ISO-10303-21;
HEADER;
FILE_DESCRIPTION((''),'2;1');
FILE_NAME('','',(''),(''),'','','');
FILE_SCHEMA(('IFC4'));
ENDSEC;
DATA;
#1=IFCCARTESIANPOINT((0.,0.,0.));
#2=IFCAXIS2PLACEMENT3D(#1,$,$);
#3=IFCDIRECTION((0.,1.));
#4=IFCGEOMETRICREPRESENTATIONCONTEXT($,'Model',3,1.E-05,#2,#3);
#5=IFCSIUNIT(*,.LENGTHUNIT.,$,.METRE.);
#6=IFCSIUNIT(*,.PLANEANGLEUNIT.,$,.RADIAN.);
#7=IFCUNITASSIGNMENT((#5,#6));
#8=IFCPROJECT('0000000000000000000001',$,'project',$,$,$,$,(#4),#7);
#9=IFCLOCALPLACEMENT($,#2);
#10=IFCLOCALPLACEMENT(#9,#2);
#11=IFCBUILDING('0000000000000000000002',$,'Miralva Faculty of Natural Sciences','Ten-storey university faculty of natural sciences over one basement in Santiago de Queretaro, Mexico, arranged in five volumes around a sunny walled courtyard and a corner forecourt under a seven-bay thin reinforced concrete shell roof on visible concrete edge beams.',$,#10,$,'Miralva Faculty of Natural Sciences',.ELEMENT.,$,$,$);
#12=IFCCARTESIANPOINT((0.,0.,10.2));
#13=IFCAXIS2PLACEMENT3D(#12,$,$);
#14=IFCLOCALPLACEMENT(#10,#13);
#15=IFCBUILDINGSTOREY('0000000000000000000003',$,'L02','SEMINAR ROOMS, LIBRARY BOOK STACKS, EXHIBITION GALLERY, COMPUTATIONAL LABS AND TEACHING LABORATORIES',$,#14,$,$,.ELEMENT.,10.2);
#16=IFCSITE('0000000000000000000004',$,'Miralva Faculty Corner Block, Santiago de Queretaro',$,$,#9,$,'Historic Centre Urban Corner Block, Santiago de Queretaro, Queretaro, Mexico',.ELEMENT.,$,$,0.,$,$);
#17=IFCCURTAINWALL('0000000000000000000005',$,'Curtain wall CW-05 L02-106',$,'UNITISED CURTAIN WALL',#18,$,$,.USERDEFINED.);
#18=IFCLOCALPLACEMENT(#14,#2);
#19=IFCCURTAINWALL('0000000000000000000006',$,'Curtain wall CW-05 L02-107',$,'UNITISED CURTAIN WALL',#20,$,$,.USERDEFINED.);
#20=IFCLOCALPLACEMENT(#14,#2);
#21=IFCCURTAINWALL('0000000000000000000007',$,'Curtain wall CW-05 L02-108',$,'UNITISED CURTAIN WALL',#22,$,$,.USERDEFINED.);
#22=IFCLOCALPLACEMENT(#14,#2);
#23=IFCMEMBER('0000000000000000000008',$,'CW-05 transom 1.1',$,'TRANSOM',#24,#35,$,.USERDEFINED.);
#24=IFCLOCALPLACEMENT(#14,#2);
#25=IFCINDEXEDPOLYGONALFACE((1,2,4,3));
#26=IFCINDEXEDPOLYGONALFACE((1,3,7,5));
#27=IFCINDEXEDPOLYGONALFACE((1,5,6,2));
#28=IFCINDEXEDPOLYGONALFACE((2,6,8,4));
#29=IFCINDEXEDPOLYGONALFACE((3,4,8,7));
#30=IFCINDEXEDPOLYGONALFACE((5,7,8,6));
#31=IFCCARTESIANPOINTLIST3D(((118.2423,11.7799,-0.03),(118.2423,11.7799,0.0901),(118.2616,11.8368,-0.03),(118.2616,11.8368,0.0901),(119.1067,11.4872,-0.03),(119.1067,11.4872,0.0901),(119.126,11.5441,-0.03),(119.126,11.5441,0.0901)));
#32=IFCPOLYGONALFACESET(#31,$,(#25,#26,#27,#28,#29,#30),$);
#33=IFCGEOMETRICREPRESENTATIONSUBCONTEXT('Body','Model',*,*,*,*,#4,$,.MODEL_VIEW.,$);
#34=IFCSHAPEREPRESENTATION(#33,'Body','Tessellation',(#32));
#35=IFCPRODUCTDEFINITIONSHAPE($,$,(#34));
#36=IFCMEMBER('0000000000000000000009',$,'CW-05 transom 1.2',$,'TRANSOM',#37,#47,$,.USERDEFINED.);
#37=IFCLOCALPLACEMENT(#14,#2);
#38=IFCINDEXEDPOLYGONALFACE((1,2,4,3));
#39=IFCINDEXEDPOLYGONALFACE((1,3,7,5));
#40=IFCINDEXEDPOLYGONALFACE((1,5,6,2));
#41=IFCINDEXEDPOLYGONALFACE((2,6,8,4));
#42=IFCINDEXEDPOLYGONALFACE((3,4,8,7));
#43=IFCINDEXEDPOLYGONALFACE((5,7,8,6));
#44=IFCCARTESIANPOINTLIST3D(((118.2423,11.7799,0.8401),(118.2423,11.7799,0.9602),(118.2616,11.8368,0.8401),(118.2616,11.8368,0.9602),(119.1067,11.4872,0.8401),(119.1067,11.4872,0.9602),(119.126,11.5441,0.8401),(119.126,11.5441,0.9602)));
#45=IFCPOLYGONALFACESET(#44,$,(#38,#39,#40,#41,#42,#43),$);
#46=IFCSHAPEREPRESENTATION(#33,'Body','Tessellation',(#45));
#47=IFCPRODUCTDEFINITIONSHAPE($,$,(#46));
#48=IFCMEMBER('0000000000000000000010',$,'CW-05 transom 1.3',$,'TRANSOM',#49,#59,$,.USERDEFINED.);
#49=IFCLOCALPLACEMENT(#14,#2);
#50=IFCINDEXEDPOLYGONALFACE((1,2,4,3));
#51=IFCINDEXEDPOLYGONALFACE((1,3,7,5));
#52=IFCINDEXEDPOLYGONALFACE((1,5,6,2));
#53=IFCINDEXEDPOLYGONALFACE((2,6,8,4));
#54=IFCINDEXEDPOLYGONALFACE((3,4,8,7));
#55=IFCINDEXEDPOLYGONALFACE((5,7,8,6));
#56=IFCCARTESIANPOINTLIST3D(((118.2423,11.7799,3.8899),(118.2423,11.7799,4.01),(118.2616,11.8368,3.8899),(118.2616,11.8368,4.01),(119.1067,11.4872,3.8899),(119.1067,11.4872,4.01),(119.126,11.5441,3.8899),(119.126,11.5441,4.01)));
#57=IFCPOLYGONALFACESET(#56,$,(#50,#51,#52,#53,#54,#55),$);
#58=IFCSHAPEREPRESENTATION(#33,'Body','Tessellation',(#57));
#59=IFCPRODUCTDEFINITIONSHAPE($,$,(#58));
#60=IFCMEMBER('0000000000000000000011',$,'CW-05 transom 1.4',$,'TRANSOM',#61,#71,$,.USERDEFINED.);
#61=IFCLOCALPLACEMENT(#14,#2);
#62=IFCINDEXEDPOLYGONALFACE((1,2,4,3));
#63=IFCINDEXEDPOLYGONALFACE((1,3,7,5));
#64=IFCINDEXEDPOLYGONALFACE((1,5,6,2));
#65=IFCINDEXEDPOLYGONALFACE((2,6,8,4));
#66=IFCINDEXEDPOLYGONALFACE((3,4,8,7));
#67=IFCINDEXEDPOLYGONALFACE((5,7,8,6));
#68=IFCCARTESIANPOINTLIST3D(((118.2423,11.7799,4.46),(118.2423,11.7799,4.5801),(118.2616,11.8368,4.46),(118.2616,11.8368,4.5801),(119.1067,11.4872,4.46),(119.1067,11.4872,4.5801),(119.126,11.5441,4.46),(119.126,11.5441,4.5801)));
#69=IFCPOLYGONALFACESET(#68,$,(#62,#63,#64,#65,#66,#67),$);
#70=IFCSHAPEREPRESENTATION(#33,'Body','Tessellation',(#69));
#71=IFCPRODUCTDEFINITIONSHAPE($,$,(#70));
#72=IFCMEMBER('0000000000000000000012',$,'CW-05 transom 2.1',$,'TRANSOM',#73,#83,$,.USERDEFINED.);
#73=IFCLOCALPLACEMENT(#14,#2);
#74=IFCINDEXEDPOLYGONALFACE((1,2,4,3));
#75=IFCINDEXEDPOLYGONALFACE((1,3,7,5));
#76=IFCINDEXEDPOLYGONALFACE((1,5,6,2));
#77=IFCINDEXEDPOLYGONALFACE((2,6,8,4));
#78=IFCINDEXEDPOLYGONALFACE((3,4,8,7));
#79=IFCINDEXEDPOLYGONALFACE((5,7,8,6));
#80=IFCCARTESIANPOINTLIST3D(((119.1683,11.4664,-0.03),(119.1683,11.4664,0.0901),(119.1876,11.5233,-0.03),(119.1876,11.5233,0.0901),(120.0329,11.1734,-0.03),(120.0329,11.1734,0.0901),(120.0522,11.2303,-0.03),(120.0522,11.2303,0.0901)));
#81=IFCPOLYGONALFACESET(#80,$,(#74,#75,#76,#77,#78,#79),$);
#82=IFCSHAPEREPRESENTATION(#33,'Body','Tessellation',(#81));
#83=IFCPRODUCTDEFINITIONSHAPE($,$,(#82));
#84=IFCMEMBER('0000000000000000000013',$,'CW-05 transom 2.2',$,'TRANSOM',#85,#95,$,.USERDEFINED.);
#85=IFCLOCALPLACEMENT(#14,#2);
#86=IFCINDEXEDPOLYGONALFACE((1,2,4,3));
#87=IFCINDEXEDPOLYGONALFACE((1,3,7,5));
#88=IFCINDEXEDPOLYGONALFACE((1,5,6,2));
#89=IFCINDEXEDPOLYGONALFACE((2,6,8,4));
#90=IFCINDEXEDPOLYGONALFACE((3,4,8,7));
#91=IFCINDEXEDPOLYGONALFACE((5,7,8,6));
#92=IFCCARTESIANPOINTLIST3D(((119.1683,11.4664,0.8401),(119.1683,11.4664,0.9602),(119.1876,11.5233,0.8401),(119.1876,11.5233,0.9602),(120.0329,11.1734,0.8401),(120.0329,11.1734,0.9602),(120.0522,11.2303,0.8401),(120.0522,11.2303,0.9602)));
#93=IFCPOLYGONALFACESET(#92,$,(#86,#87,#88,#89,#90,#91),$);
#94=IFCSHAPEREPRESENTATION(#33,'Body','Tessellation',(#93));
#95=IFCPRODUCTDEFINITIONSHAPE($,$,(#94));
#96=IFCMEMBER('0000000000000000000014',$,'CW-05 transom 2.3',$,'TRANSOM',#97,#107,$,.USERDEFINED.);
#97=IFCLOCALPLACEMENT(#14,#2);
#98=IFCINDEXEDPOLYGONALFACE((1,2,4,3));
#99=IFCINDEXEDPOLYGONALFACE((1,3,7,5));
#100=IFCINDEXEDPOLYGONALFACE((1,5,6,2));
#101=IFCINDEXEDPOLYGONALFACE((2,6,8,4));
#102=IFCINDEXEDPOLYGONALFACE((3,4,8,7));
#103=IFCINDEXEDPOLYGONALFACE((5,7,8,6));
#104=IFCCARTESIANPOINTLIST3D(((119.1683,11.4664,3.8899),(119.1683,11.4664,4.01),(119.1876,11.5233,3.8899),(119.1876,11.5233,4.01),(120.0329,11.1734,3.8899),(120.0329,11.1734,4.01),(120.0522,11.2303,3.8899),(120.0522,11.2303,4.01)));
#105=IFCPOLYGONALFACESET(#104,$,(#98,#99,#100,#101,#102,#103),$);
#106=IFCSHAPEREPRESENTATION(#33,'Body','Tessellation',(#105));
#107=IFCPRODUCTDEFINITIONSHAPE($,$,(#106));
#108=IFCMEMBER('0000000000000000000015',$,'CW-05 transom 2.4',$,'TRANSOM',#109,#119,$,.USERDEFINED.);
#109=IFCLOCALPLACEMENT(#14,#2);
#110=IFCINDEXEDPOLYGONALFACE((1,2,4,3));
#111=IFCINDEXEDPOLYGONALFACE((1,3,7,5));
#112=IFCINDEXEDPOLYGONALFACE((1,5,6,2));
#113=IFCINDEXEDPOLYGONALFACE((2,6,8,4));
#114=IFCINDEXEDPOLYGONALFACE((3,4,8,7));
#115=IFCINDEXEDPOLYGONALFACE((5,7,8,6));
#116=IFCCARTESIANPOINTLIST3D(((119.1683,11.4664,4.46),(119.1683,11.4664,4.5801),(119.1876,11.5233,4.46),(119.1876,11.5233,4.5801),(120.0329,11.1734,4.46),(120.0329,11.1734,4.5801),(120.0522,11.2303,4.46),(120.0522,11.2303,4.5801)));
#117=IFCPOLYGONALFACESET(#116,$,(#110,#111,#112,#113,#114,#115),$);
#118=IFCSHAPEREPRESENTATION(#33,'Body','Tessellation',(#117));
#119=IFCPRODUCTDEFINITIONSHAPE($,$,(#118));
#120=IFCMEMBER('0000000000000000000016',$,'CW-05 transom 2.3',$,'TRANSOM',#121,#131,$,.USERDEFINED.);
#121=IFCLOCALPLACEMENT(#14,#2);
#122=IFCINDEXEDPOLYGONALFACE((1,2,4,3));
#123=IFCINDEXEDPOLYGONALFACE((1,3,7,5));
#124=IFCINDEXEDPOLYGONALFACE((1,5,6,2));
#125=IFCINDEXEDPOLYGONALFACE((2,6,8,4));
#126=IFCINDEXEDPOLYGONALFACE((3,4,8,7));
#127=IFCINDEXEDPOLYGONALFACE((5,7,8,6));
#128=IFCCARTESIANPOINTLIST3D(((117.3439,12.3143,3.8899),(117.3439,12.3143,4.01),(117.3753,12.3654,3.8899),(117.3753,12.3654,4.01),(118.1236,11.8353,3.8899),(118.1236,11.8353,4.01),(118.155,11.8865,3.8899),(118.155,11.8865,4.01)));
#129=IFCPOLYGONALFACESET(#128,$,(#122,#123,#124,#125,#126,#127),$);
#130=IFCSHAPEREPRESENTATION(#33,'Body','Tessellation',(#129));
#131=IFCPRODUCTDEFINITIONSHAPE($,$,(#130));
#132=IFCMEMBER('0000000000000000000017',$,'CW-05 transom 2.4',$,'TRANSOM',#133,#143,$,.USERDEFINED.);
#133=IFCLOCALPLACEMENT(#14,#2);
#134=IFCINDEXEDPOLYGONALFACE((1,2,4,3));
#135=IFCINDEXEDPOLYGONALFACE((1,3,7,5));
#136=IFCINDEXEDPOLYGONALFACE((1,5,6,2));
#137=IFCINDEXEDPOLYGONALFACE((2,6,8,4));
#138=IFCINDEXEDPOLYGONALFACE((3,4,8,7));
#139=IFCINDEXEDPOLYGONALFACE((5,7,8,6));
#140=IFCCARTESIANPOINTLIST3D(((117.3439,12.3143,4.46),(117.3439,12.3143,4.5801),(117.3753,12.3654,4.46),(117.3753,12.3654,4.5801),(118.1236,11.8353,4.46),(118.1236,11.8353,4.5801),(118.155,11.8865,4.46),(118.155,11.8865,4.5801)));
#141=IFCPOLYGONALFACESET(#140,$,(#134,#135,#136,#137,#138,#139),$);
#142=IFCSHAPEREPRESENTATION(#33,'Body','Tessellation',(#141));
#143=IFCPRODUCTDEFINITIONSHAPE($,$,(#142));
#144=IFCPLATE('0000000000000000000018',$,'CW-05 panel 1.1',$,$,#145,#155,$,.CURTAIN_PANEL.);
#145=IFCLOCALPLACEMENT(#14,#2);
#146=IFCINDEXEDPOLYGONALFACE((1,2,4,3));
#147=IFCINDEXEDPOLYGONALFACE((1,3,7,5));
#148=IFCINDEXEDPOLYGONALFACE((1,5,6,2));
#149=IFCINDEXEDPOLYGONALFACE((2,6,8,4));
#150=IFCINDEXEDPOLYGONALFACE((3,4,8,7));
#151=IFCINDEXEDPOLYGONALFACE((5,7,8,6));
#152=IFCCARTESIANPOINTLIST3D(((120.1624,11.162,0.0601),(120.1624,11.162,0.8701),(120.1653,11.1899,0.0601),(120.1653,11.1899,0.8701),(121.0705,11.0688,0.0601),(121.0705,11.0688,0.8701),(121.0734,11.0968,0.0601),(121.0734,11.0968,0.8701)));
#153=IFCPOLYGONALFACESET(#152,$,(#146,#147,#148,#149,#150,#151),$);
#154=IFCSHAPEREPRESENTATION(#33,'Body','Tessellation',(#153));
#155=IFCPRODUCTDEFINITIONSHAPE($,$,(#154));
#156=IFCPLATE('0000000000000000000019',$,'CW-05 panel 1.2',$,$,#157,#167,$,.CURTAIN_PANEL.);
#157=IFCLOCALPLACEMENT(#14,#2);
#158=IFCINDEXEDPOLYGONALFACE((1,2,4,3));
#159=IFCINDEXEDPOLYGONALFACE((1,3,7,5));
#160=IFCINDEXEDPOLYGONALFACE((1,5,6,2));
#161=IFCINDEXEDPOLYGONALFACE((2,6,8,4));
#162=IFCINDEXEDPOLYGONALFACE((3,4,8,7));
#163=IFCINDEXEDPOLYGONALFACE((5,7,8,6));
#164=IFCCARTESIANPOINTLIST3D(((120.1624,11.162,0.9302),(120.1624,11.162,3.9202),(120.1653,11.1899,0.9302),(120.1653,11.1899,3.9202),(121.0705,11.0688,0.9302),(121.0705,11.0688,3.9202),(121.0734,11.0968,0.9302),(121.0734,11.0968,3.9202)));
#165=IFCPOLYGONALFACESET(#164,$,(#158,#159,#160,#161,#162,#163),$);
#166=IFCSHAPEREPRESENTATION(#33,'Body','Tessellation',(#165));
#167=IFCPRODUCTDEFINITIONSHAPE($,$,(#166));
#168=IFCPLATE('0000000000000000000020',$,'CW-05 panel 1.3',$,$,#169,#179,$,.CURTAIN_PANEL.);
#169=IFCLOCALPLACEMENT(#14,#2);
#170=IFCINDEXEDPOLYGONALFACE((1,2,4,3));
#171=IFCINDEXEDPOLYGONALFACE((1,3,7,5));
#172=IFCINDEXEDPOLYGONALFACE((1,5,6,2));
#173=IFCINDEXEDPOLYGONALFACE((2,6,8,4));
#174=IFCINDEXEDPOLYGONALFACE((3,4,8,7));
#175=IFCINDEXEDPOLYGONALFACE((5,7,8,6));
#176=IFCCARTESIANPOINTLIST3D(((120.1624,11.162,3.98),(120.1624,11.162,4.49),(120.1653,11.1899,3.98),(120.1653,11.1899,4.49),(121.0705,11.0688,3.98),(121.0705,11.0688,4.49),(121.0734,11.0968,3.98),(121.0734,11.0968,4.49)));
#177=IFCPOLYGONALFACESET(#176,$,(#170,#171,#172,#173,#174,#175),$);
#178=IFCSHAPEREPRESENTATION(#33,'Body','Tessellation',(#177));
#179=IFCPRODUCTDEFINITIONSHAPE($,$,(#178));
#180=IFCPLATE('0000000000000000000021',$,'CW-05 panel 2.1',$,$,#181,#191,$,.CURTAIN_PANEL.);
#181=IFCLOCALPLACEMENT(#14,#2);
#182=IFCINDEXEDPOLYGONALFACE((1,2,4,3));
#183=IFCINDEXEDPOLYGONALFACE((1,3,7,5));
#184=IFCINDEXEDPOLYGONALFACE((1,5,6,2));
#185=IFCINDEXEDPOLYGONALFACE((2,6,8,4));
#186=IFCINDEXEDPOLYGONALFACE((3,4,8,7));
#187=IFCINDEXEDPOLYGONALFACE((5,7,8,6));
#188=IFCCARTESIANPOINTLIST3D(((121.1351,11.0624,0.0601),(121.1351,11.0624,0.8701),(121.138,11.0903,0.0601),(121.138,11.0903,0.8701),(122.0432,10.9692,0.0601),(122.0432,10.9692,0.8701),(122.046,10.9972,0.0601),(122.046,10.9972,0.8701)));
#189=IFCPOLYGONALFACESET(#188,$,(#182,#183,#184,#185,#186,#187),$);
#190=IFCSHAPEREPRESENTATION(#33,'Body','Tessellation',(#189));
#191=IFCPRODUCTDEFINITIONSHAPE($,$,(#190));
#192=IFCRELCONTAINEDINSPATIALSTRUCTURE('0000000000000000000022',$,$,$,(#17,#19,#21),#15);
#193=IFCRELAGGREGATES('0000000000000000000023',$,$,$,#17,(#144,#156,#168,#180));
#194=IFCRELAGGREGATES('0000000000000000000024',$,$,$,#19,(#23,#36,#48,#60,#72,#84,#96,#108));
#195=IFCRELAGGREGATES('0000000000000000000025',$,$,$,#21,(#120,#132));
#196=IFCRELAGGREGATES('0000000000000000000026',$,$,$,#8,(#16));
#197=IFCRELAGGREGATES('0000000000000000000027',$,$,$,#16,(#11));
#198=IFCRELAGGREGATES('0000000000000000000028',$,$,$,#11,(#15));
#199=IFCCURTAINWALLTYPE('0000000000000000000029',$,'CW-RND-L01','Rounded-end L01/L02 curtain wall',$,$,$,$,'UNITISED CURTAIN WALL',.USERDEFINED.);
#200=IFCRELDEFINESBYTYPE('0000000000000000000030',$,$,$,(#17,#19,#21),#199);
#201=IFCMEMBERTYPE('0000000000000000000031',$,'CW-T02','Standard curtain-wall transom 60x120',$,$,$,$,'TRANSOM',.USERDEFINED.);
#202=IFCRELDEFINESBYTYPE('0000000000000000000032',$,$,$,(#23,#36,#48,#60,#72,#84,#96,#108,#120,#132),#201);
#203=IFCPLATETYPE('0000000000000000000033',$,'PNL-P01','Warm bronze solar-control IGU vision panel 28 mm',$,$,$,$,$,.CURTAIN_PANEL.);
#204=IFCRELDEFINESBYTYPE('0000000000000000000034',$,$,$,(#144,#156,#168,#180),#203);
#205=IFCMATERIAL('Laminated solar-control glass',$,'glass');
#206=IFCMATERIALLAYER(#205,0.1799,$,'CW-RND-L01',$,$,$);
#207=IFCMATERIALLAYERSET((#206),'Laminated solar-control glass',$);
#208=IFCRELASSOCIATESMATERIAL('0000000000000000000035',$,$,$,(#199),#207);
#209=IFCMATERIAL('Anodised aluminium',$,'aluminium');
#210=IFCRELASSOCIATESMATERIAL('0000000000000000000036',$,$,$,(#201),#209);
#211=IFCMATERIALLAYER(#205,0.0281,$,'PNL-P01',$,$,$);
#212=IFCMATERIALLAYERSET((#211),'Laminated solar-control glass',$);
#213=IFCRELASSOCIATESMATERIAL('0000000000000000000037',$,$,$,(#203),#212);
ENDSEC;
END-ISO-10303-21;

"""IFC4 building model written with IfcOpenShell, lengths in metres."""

from ifc_helpers import new_model, si_unit, direction, frame, origin, origin_2d, place, context, subcontext, project, spatial, rectangle, extrude, material, layer, layer_set, material_profile, profile_set, type_object, element, aggregate, save


model = new_model("IFC4")

# Units and contexts
model_context = context("Model", 3, precision=1e-05, world=origin(), true_north=direction((0.0, 1.0)))
body_context = subcontext(model_context, "Body", "Model", "MODEL_VIEW")
ifc_project = project(units=[si_unit("LENGTHUNIT", "METRE"), si_unit("PLANEANGLEUNIT", "RADIAN")], contexts=[model_context])

# Site, building, storey
site_placement = place(None, origin())
site = spatial("IfcSite", under=ifc_project, at=site_placement, Name="Miralva Faculty Corner Block, Santiago de Queretaro", LongName="Historic Centre Urban Corner Block, Santiago de Queretaro, Queretaro, Mexico", CompositionType="ELEMENT", RefElevation=0.0)
building_placement = place(site_placement, origin())
building = spatial("IfcBuilding", under=site, at=building_placement, Name="Miralva Faculty of Natural Sciences", Description="Ten-storey university faculty of natural sciences over one basement in Santiago de Queretaro, Mexico, arranged in five volumes around a sunny walled courtyard and a corner forecourt under a seven-bay thin reinforced concrete shell roof on visible concrete edge beams.", LongName="Miralva Faculty of Natural Sciences", CompositionType="ELEMENT")
storey_placement = place(building_placement, frame((0.0, 0.0, 10.2)))
storey = spatial("IfcBuildingStorey", under=building, at=storey_placement, Name="L02", Description="SEMINAR ROOMS, LIBRARY BOOK STACKS, EXHIBITION GALLERY, COMPUTATIONAL LABS AND TEACHING LABORATORIES", CompositionType="ELEMENT", Elevation=10.2)

# Curtain walls
ifc_material_1 = material(Name="Laminated solar-control glass", Category="glass")
ifc_layer_1 = layer(ifc_material_1, 0.1799, Name="CW-RND-L01")
ifc_layer_set_1 = layer_set([ifc_layer_1], Name="Laminated solar-control glass")
curtain_wall_type = type_object("IfcCurtainWallType", Name="CW-RND-L01", Description="Rounded-end L01/L02 curtain wall", ElementType="UNITISED CURTAIN WALL", PredefinedType="USERDEFINED", material=ifc_layer_set_1)
curtain_wall_1_placement = place(storey_placement, origin())
curtain_wall_1 = element("IfcCurtainWall", 1, at=curtain_wall_1_placement, inside=storey, type_object=curtain_wall_type, Name="Curtain wall CW-05 L02-106", ObjectType="UNITISED CURTAIN WALL", PredefinedType="USERDEFINED")
ifc_material_2 = material(Name="Anodised aluminium", Category="aluminium")
curtain_wall_2_placement = place(storey_placement, origin())
curtain_wall_2 = element("IfcCurtainWall", 2, at=curtain_wall_2_placement, inside=storey, type_object=curtain_wall_type, Name="Curtain wall CW-05 L02-107", ObjectType="UNITISED CURTAIN WALL", PredefinedType="USERDEFINED")

# Curtain wall
curtain_wall_3_placement = place(storey_placement, origin())
curtain_wall_3 = element("IfcCurtainWall", 3, at=curtain_wall_3_placement, inside=storey, type_object=curtain_wall_type, Name="Curtain wall CW-05 L02-108", ObjectType="UNITISED CURTAIN WALL", PredefinedType="USERDEFINED")

# Members
ifc_material_profile_1 = material_profile(ifc_material_2, rectangle(XDim=0.0601, YDim=0.1201, at=origin_2d()), Name="TRANSOM 60x120")
ifc_profile_set_1 = profile_set([ifc_material_profile_1], Name="Anodised aluminium")
member_type_1 = type_object("IfcMemberType", Name="CW-T02", Description="Standard curtain-wall transom 60x120", ElementType="TRANSOM", PredefinedType="USERDEFINED", material=ifc_profile_set_1)
member_1_placement = place(storey_placement, frame((118.252, 11.8083, 0.03), z_axis=(0.947175, -0.320718, 0.0), x_axis=(0.320718, 0.947175, 0.0)))
member_1 = element("IfcMember", 4, at=member_1_placement, type_object=member_type_1, Name="CW-05 transom 1.1", ObjectType="TRANSOM", PredefinedType="USERDEFINED", context=body_context, shape_type="SweptSolid", body=[
    extrude(rectangle(XDim=0.0601, YDim=0.1201, at=origin_2d()), origin(), (0.0, 0.0, 1.0), 0.9126),
])
member_2_placement = place(storey_placement, frame((118.252, 11.8083, 0.9001), z_axis=(0.947175, -0.320718, 0.0), x_axis=(0.320718, 0.947175, 0.0)))
member_2 = element("IfcMember", 5, at=member_2_placement, type_object=member_type_1, Name="CW-05 transom 1.2", ObjectType="TRANSOM", PredefinedType="USERDEFINED", context=body_context, shape_type="SweptSolid", body=[
    extrude(rectangle(XDim=0.0601, YDim=0.1201, at=origin_2d()), origin(), (0.0, 0.0, 1.0), 0.9126),
])
member_3_placement = place(storey_placement, frame((118.252, 11.8083, 3.95), z_axis=(0.947175, -0.320718, 0.0), x_axis=(0.320718, 0.947175, 0.0)))
member_3 = element("IfcMember", 6, at=member_3_placement, type_object=member_type_1, Name="CW-05 transom 1.3", ObjectType="TRANSOM", PredefinedType="USERDEFINED", context=body_context, shape_type="SweptSolid", body=[
    extrude(rectangle(XDim=0.0601, YDim=0.1201, at=origin_2d()), origin(), (0.0, 0.0, 1.0), 0.9126),
])
member_4_placement = place(storey_placement, frame((118.252, 11.8083, 4.52), z_axis=(0.947175, -0.320718, 0.0), x_axis=(0.320718, 0.947175, 0.0)))
member_4 = element("IfcMember", 7, at=member_4_placement, type_object=member_type_1, Name="CW-05 transom 1.4", ObjectType="TRANSOM", PredefinedType="USERDEFINED", context=body_context, shape_type="SweptSolid", body=[
    extrude(rectangle(XDim=0.0601, YDim=0.1201, at=origin_2d()), origin(), (0.0, 0.0, 1.0), 0.9126),
])
member_5_placement = place(storey_placement, frame((119.178, 11.4949, 0.03), z_axis=(0.947093, -0.320958, 0.0), x_axis=(0.320958, 0.947093, 0.0)))
member_5 = element("IfcMember", 8, at=member_5_placement, type_object=member_type_1, Name="CW-05 transom 2.1", ObjectType="TRANSOM", PredefinedType="USERDEFINED", context=body_context, shape_type="SweptSolid", body=[
    extrude(rectangle(XDim=0.0601, YDim=0.1201, at=origin_2d()), origin(), (0.0, 0.0, 1.0), 0.9128),
])
member_6_placement = place(storey_placement, frame((119.178, 11.4949, 0.9001), z_axis=(0.947093, -0.320958, 0.0), x_axis=(0.320958, 0.947093, 0.0)))
member_6 = element("IfcMember", 9, at=member_6_placement, type_object=member_type_1, Name="CW-05 transom 2.2", ObjectType="TRANSOM", PredefinedType="USERDEFINED", context=body_context, shape_type="SweptSolid", body=[
    extrude(rectangle(XDim=0.0601, YDim=0.1201, at=origin_2d()), origin(), (0.0, 0.0, 1.0), 0.9128),
])
member_7_placement = place(storey_placement, frame((119.178, 11.4949, 3.95), z_axis=(0.947093, -0.320958, 0.0), x_axis=(0.320958, 0.947093, 0.0)))
member_7 = element("IfcMember", 10, at=member_7_placement, type_object=member_type_1, Name="CW-05 transom 2.3", ObjectType="TRANSOM", PredefinedType="USERDEFINED", context=body_context, shape_type="SweptSolid", body=[
    extrude(rectangle(XDim=0.0601, YDim=0.1201, at=origin_2d()), origin(), (0.0, 0.0, 1.0), 0.9128),
])
member_8_placement = place(storey_placement, frame((119.178, 11.4949, 4.52), z_axis=(0.947093, -0.320958, 0.0), x_axis=(0.320958, 0.947093, 0.0)))
member_8 = element("IfcMember", 11, at=member_8_placement, type_object=member_type_1, Name="CW-05 transom 2.4", ObjectType="TRANSOM", PredefinedType="USERDEFINED", context=body_context, shape_type="SweptSolid", body=[
    extrude(rectangle(XDim=0.0601, YDim=0.1201, at=origin_2d()), origin(), (0.0, 0.0, 1.0), 0.9128),
])
member_9_placement = place(storey_placement, frame((117.3596, 12.3398, 3.95), z_axis=(0.852079, -0.523413, 0.0), x_axis=(0.523413, 0.852079, 0.0)))
member_9 = element("IfcMember", 12, at=member_9_placement, type_object=member_type_1, Name="CW-05 transom 2.3", ObjectType="TRANSOM", PredefinedType="USERDEFINED", context=body_context, shape_type="SweptSolid", body=[
    extrude(rectangle(XDim=0.0601, YDim=0.1201, at=origin_2d()), origin(), (0.0, 0.0, 1.0), 0.915),
])
member_10_placement = place(storey_placement, frame((117.3596, 12.3398, 4.52), z_axis=(0.852079, -0.523413, 0.0), x_axis=(0.523413, 0.852079, 0.0)))
member_10 = element("IfcMember", 13, at=member_10_placement, type_object=member_type_1, Name="CW-05 transom 2.4", ObjectType="TRANSOM", PredefinedType="USERDEFINED", context=body_context, shape_type="SweptSolid", body=[
    extrude(rectangle(XDim=0.0601, YDim=0.1201, at=origin_2d()), origin(), (0.0, 0.0, 1.0), 0.915),
])

# Plates
ifc_layer_2 = layer(ifc_material_1, 0.0281, Name="PNL-P01")
ifc_layer_set_2 = layer_set([ifc_layer_2], Name="Laminated solar-control glass")
plate_type = type_object("IfcPlateType", Name="PNL-P01", Description="Warm bronze solar-control IGU vision panel 28 mm", PredefinedType="CURTAIN_PANEL", material=ifc_layer_set_2)
plate_1_placement = place(storey_placement, frame((120.6179, 11.1294, 0.0601), z_axis=(0.0, 0.0, 1.0), x_axis=(0.994779, -0.102056, 0.0)))
plate_1 = element("IfcPlate", 14, at=plate_1_placement, type_object=plate_type, Name="CW-05 panel 1.1", PredefinedType="CURTAIN_PANEL", context=body_context, shape_type="SweptSolid", body=[
    extrude(rectangle(XDim=0.9128, YDim=0.0281, at=origin_2d()), origin(), (0.0, 0.0, 1.0), 0.8101),
])
plate_2_placement = place(storey_placement, frame((120.6179, 11.1294, 0.9302), z_axis=(0.0, 0.0, 1.0), x_axis=(0.994779, -0.102056, 0.0)))
plate_2 = element("IfcPlate", 15, at=plate_2_placement, type_object=plate_type, Name="CW-05 panel 1.2", PredefinedType="CURTAIN_PANEL", context=body_context, shape_type="SweptSolid", body=[
    extrude(rectangle(XDim=0.9128, YDim=0.0281, at=origin_2d()), origin(), (0.0, 0.0, 1.0), 2.99),
])
plate_3_placement = place(storey_placement, frame((120.6179, 11.1294, 3.98), z_axis=(0.0, 0.0, 1.0), x_axis=(0.994779, -0.102056, 0.0)))
plate_3 = element("IfcPlate", 16, at=plate_3_placement, type_object=plate_type, Name="CW-05 panel 1.3", PredefinedType="CURTAIN_PANEL", context=body_context, shape_type="SweptSolid", body=[
    extrude(rectangle(XDim=0.9128, YDim=0.0281, at=origin_2d()), origin(), (0.0, 0.0, 1.0), 0.51),
])
plate_4_placement = place(storey_placement, frame((121.5906, 11.0298, 0.0601), z_axis=(0.0, 0.0, 1.0), x_axis=(0.994779, -0.102056, 0.0)))
plate_4 = element("IfcPlate", 17, at=plate_4_placement, type_object=plate_type, Name="CW-05 panel 2.1", PredefinedType="CURTAIN_PANEL", context=body_context, shape_type="SweptSolid", body=[
    extrude(rectangle(XDim=0.9128, YDim=0.0281, at=origin_2d()), origin(), (0.0, 0.0, 1.0), 0.8101),
])
aggregate(curtain_wall_1, [plate_1, plate_2, plate_3, plate_4])
aggregate(curtain_wall_2, [member_1, member_2, member_3, member_4, member_5, member_6, member_7, member_8])
aggregate(curtain_wall_3, [member_9, member_10])

save(model, "model.ifc")
